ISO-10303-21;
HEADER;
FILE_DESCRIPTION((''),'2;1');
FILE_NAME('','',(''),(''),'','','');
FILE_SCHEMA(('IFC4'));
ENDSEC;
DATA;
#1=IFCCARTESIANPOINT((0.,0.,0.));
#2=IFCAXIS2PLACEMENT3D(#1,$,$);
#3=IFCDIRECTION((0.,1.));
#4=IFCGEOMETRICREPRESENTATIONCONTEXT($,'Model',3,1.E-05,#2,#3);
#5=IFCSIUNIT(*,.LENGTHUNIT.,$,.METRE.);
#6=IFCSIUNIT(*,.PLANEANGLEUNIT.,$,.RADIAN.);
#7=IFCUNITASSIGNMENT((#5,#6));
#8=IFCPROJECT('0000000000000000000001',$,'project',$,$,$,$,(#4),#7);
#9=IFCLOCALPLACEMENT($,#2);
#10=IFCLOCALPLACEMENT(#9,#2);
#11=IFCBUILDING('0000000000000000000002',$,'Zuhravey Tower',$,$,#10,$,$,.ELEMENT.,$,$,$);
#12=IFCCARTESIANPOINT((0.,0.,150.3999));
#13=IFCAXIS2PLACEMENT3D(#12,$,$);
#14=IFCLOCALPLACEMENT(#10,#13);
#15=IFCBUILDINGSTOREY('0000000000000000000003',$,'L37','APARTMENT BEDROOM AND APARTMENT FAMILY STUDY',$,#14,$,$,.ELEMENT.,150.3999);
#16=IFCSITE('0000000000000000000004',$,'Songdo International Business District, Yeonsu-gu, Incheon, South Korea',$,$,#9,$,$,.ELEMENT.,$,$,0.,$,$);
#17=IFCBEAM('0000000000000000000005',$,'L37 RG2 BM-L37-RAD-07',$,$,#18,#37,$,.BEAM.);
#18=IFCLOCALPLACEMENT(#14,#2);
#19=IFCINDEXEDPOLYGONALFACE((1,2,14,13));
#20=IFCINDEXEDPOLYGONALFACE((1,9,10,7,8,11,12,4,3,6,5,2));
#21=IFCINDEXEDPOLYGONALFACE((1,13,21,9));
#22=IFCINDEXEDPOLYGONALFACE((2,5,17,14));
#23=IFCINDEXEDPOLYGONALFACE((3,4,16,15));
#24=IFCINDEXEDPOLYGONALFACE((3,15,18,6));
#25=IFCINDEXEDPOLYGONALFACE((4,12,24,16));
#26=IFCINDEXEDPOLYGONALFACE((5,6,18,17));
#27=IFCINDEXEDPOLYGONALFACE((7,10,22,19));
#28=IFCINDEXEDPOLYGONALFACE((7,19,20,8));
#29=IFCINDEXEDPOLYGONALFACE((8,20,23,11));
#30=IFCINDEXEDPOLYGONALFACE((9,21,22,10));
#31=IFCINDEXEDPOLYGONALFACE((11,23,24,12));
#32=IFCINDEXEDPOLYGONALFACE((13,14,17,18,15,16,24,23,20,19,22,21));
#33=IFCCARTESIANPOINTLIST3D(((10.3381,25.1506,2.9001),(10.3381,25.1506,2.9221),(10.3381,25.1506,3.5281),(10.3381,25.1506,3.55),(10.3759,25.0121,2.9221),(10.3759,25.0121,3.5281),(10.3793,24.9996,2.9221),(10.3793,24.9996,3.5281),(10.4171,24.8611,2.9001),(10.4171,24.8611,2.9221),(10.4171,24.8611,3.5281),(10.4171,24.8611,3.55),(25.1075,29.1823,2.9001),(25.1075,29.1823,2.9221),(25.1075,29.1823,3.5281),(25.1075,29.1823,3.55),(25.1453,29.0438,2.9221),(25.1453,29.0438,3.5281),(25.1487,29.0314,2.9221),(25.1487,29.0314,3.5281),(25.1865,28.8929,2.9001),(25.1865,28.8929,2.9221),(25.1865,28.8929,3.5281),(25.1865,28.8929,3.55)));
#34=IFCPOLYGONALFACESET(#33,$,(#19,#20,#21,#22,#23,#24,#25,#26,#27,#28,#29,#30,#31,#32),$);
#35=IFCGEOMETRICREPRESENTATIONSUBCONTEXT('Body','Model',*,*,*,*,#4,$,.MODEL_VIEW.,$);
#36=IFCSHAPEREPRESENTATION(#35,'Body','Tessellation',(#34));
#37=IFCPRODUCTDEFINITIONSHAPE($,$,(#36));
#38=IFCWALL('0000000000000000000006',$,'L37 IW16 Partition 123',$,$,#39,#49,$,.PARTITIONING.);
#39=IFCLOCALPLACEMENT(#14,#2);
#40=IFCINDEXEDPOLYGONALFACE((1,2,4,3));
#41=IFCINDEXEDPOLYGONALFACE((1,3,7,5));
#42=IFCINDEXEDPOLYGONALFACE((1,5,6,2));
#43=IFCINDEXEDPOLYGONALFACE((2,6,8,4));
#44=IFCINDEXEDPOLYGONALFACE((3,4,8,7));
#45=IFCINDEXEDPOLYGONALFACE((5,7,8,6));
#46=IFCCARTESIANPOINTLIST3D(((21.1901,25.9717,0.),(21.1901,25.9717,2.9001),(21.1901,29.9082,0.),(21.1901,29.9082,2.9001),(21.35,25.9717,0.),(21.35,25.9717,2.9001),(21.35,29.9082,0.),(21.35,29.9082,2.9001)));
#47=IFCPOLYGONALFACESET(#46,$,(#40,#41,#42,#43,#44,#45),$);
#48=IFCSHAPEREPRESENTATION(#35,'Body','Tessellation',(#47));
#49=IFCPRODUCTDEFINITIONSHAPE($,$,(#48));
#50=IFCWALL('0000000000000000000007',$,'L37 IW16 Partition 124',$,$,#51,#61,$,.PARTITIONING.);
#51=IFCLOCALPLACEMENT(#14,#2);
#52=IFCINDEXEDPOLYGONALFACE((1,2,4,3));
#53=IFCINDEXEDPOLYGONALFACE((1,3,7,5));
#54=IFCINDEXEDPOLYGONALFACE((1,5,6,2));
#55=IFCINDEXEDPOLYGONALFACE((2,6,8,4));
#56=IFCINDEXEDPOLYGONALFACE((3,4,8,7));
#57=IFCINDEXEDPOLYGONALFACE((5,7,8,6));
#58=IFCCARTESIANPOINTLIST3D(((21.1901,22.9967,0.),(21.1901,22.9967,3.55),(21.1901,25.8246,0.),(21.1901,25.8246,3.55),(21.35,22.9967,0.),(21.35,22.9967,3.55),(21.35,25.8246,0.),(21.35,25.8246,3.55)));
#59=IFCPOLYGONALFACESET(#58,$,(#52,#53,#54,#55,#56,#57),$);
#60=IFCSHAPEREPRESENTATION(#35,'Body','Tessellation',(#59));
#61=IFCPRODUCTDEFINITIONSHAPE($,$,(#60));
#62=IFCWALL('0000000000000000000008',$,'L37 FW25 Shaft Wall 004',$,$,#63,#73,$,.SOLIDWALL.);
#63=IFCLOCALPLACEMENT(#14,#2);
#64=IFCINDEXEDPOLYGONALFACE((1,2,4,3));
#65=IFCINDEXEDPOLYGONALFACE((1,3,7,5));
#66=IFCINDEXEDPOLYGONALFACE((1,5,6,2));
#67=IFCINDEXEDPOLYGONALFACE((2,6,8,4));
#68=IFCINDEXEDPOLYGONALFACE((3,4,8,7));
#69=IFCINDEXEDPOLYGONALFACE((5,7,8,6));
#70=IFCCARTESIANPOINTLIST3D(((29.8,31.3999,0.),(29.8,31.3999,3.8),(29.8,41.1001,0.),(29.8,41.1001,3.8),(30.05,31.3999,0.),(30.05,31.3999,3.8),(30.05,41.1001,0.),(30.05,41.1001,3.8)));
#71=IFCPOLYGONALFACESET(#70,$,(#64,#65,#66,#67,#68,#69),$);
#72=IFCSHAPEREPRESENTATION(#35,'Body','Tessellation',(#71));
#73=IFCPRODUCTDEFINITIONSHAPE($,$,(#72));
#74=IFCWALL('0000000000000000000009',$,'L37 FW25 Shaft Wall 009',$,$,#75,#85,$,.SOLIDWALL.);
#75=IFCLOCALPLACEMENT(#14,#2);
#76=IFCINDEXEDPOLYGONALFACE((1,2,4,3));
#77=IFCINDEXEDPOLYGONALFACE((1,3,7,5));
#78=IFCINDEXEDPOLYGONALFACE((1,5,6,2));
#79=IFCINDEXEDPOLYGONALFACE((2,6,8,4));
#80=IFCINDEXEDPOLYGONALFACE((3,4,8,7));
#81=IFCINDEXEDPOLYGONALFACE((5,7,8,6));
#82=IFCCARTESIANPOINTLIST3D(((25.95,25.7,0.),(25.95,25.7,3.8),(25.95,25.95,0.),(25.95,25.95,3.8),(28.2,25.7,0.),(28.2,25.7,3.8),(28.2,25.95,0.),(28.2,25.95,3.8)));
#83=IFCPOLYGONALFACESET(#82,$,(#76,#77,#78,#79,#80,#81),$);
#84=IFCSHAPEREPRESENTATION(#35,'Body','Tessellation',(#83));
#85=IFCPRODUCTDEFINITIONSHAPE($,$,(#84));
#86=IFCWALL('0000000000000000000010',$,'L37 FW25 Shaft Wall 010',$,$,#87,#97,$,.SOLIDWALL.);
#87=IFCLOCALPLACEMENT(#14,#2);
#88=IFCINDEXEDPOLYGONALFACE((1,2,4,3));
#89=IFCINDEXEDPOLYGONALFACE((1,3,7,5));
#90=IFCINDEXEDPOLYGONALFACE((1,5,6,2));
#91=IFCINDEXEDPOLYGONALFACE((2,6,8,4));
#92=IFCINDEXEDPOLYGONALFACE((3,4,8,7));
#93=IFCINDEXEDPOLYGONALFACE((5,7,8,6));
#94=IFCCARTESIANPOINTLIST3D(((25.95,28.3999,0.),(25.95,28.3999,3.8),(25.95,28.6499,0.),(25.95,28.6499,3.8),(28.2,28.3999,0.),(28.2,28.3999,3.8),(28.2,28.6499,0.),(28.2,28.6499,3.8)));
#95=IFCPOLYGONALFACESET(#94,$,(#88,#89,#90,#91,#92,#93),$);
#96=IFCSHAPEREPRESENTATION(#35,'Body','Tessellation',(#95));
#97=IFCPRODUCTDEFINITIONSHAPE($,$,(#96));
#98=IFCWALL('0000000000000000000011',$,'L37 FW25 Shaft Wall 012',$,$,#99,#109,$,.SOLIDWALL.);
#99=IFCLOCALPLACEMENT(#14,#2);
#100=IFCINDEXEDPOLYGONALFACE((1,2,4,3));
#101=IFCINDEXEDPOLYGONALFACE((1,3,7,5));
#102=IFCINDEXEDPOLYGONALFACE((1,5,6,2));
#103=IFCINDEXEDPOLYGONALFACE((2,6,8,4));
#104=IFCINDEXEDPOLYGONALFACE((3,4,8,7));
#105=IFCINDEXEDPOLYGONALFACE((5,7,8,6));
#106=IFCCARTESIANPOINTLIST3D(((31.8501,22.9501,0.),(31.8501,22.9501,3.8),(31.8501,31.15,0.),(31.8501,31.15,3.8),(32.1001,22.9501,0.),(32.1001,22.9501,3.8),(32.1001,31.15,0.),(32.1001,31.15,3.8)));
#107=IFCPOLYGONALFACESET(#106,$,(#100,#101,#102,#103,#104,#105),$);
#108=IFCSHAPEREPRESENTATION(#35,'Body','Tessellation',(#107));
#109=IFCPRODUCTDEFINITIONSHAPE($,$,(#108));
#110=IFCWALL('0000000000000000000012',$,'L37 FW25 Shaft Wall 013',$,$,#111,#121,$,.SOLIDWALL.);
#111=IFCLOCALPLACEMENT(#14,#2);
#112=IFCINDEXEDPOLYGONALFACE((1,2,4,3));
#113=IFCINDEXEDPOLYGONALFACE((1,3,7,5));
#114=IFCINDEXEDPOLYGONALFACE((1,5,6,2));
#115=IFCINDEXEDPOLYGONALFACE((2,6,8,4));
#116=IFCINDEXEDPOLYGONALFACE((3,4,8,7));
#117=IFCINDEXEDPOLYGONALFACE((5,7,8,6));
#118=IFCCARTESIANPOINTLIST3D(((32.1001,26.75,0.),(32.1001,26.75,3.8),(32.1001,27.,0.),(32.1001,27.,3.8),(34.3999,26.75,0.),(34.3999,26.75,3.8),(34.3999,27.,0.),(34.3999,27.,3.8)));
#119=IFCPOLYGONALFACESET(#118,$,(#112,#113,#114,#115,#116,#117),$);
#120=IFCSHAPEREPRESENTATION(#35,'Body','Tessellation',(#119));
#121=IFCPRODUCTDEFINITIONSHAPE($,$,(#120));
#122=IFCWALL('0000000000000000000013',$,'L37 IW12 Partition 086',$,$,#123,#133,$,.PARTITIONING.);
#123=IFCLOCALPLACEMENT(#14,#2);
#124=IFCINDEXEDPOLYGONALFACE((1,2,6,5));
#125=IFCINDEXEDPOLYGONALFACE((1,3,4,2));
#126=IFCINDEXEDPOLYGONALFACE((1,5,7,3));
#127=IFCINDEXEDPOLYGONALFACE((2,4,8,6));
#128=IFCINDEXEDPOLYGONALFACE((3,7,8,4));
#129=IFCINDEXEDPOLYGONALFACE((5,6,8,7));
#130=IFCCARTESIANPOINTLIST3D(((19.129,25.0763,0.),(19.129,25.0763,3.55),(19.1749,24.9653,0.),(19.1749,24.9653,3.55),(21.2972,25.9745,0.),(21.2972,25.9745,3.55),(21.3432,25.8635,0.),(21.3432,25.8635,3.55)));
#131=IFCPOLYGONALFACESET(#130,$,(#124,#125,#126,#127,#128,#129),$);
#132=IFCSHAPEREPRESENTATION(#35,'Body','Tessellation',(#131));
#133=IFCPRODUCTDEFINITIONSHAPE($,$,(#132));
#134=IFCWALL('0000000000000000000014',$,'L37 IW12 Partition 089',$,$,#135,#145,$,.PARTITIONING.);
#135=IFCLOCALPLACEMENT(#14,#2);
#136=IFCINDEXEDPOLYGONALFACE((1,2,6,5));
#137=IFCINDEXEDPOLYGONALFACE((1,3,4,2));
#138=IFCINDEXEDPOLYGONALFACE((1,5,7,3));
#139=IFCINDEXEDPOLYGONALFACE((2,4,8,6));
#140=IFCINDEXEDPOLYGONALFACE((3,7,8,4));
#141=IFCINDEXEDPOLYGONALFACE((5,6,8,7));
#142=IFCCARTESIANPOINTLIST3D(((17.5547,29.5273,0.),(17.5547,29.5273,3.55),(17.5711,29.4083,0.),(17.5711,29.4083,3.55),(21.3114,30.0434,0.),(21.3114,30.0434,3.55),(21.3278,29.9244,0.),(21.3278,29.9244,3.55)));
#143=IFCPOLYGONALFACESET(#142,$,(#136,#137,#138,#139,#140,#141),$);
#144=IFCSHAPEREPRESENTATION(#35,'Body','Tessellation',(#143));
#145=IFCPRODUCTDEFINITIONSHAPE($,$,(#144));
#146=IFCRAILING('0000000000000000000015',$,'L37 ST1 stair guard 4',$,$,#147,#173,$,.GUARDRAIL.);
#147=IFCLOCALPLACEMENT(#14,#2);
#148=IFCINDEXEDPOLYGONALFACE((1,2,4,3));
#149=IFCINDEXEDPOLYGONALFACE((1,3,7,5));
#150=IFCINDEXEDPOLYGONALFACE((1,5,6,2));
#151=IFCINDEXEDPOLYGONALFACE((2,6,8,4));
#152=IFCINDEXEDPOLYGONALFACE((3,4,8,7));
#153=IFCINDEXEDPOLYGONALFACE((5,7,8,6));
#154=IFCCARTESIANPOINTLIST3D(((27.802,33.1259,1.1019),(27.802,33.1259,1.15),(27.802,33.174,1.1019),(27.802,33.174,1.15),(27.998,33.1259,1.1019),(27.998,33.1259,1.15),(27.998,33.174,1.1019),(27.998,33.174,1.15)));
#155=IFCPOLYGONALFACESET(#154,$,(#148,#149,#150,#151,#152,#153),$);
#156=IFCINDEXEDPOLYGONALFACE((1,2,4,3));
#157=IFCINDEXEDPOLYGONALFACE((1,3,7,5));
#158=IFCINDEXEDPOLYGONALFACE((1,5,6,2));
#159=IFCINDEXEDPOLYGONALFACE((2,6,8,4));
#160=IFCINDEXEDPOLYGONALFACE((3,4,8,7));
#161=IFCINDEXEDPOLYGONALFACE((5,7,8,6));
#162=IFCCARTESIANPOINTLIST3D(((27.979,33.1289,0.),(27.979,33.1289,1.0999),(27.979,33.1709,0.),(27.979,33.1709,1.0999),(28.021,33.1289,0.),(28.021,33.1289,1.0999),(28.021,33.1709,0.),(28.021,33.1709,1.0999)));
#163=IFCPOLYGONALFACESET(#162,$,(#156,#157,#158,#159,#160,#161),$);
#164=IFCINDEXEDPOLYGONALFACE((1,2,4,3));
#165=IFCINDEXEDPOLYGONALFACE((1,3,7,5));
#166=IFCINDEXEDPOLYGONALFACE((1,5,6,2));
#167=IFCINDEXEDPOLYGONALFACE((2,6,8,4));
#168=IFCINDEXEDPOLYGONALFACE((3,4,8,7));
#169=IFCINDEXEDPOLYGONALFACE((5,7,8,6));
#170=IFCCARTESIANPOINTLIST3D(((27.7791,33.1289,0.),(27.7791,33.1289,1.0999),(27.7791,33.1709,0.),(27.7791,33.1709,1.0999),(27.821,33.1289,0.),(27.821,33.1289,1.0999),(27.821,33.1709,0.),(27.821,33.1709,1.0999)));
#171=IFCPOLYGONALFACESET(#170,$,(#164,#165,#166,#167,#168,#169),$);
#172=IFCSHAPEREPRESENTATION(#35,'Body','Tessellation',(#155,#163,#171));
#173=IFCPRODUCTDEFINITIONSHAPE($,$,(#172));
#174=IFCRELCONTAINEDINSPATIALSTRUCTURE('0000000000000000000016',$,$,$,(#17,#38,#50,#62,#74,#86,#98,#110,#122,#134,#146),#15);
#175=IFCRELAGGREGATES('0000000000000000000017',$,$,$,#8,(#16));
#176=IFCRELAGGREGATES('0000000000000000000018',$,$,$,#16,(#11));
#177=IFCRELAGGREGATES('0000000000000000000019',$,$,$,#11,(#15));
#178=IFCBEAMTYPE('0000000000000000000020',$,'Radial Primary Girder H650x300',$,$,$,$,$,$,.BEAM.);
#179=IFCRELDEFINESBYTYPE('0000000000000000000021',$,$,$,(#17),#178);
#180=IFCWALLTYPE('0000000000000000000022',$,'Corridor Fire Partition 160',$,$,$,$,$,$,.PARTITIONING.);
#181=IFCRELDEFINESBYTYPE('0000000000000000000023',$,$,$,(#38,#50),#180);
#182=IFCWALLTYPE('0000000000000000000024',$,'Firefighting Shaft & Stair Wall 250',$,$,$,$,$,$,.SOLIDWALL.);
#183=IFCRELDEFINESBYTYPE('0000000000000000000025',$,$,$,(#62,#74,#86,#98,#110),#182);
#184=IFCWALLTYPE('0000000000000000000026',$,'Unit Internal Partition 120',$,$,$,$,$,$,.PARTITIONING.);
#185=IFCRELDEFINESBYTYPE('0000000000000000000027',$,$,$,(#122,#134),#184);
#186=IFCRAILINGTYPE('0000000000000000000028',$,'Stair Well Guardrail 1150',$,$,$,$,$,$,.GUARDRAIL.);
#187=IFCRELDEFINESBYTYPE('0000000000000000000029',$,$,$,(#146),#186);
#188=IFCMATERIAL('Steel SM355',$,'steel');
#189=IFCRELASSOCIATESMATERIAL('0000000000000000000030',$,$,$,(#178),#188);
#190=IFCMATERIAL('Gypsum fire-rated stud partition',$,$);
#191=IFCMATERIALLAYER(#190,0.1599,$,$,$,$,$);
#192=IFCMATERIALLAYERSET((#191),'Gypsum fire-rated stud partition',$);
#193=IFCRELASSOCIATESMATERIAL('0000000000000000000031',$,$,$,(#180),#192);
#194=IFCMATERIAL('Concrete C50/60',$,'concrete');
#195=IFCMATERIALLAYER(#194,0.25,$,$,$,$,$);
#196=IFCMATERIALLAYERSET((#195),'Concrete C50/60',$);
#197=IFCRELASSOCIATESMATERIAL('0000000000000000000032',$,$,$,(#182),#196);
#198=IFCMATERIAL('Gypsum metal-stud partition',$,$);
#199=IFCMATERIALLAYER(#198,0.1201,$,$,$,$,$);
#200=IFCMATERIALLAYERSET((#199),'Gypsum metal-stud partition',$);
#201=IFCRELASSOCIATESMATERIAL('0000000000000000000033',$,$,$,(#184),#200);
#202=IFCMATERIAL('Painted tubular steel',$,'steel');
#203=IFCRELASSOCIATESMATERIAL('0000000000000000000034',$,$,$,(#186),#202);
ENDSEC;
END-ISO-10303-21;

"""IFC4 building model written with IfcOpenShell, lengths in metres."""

from ifc_helpers import new_model, si_unit, direction, frame, frame_2d, origin, origin_2d, place, context, subcontext, project, spatial, rectangle, i_section, extrude, material, layer, layer_set, material_profile, profile_set, type_object, element, save


model = new_model("IFC4")

# Units and contexts
model_context = context("Model", 3, precision=1e-05, world=origin(), true_north=direction((0.0, 1.0)))
body_context = subcontext(model_context, "Body", "Model", "MODEL_VIEW")
ifc_project = project(units=[si_unit("LENGTHUNIT", "METRE"), si_unit("PLANEANGLEUNIT", "RADIAN")], contexts=[model_context])

# Site, building, storey
site_placement = place(None, origin())
site = spatial("IfcSite", under=ifc_project, at=site_placement, Name="Songdo International Business District, Yeonsu-gu, Incheon, South Korea", CompositionType="ELEMENT", RefElevation=0.0)
building_placement = place(site_placement, origin())
building = spatial("IfcBuilding", under=site, at=building_placement, Name="Zuhravey Tower", CompositionType="ELEMENT")
storey_placement = place(building_placement, frame((0.0, 0.0, 150.3999)))
storey = spatial("IfcBuildingStorey", under=building, at=storey_placement, Name="L37", Description="APARTMENT BEDROOM AND APARTMENT FAMILY STUDY", CompositionType="ELEMENT", Elevation=150.3999)

# Beam
ifc_material_1 = material(Name="Steel SM355", Category="steel")
ifc_material_profile = material_profile(ifc_material_1, i_section(OverallWidth=0.3, OverallDepth=0.6499, WebThickness=0.0129, FlangeThickness=0.022, at=origin_2d()), Name="H-650x300x13x22")
ifc_profile_set = profile_set([ifc_material_profile], Name="Steel SM355")
beam_type = type_object("IfcBeamType", Name="Radial Primary Girder H650x300", PredefinedType="BEAM", material=ifc_profile_set)
beam_placement = place(storey_placement, frame((25.147, 29.0376, 3.2251), z_axis=(-0.964702, -0.263345, 0.0), x_axis=(0.263345, -0.964702, 0.0)))
element("IfcBeam", 1, at=beam_placement, inside=storey, type_object=beam_type, Name="L37 RG2 BM-L37-RAD-07", PredefinedType="BEAM", context=body_context, shape_type="SweptSolid", body=[
    extrude(i_section(OverallWidth=0.3, OverallDepth=0.6499, WebThickness=0.0129, FlangeThickness=0.022, at=origin_2d()), origin(), (0.0, 0.0, 1.0), 15.3098),
])

# Walls
ifc_material_2 = material(Name="Gypsum fire-rated stud partition")
ifc_layer_1 = layer(ifc_material_2, 0.1599)
ifc_layer_set_1 = layer_set([ifc_layer_1], Name="Gypsum fire-rated stud partition")
wall_type_1 = type_object("IfcWallType", Name="Corridor Fire Partition 160", PredefinedType="PARTITIONING", material=ifc_layer_set_1)
wall_1_placement = place(storey_placement, frame((21.27, 29.9082, 0.0), z_axis=(0.0, 0.0, 1.0), x_axis=(0.0, -1.0, 0.0)))
element("IfcWall", 2, at=wall_1_placement, inside=storey, type_object=wall_type_1, Name="L37 IW16 Partition 123", PredefinedType="PARTITIONING", context=body_context, shape_type="SweptSolid", body=[
    extrude(rectangle(XDim=3.9365, YDim=0.1599, at=frame_2d((1.9683, 0.0))), origin(), (0.0, 0.0, 1.0), 2.9001),
])
wall_2_placement = place(storey_placement, frame((21.27, 25.8247, 0.0), z_axis=(0.0, 0.0, 1.0), x_axis=(0.0, -1.0, 0.0)))
element("IfcWall", 3, at=wall_2_placement, inside=storey, type_object=wall_type_1, Name="L37 IW16 Partition 124", PredefinedType="PARTITIONING", context=body_context, shape_type="SweptSolid", body=[
    extrude(rectangle(XDim=2.8279, YDim=0.1599, at=frame_2d((1.4141, 0.0))), origin(), (0.0, 0.0, 1.0), 3.55),
])

# Shared definitions
ifc_material_3 = material(Name="Concrete C50/60", Category="concrete")
ifc_layer_2 = layer(ifc_material_3, 0.25)
ifc_layer_set_2 = layer_set([ifc_layer_2], Name="Concrete C50/60")
wall_type_2 = type_object("IfcWallType", Name="Firefighting Shaft & Stair Wall 250", PredefinedType="SOLIDWALL", material=ifc_layer_set_2)

# Walls
wall_3_placement = place(storey_placement, frame((29.925, 31.3999, 0.0), z_axis=(0.0, 0.0, 1.0), x_axis=(0.0, 1.0, 0.0)))
element("IfcWall", 4, at=wall_3_placement, inside=storey, type_object=wall_type_2, Name="L37 FW25 Shaft Wall 004", PredefinedType="SOLIDWALL", context=body_context, shape_type="SweptSolid", body=[
    extrude(rectangle(XDim=9.7002, YDim=0.25, at=frame_2d((4.8501, 0.0))), origin(), (0.0, 0.0, 1.0), 3.8),
])
for number, where, z_axis, x_axis, name in (
    (5, (25.95, 25.825, 0.0), (0.0, 0.0, 1.0), (1.0, 0.0, 0.0), "L37 FW25 Shaft Wall 009"),
    (6, (25.95, 28.5249, 0.0), (0.0, 0.0, 1.0), (1.0, 0.0, 0.0), "L37 FW25 Shaft Wall 010"),
):
    element("IfcWall", number, at=place(storey_placement, frame(where, z_axis=z_axis, x_axis=x_axis)), inside=storey, type_object=wall_type_2, Name=name, PredefinedType="SOLIDWALL", context=body_context, shape_type="SweptSolid", body=[
        extrude(rectangle(XDim=2.25, YDim=0.25, at=frame_2d((1.125, 0.0))), origin(), (0.0, 0.0, 1.0), 3.8),
    ])
wall_4_placement = place(storey_placement, frame((31.9751, 22.95, 0.0), z_axis=(0.0, 0.0, 1.0), x_axis=(0.0, 1.0, 0.0)))
element("IfcWall", 7, at=wall_4_placement, inside=storey, type_object=wall_type_2, Name="L37 FW25 Shaft Wall 012", PredefinedType="SOLIDWALL", context=body_context, shape_type="SweptSolid", body=[
    extrude(rectangle(XDim=8.2, YDim=0.25, at=frame_2d((4.1001, 0.0))), origin(), (0.0, 0.0, 1.0), 3.8),
])
wall_5_placement = place(storey_placement, frame((32.1001, 26.875, 0.0), z_axis=(0.0, 0.0, 1.0), x_axis=(1.0, 0.0, 0.0)))
element("IfcWall", 8, at=wall_5_placement, inside=storey, type_object=wall_type_2, Name="L37 FW25 Shaft Wall 013", PredefinedType="SOLIDWALL", context=body_context, shape_type="SweptSolid", body=[
    extrude(rectangle(XDim=2.2998, YDim=0.25, at=frame_2d((1.1499, 0.0))), origin(), (0.0, 0.0, 1.0), 3.8),
])
ifc_material_4 = material(Name="Gypsum metal-stud partition")
ifc_layer_3 = layer(ifc_material_4, 0.1201)
ifc_layer_set_3 = layer_set([ifc_layer_3], Name="Gypsum metal-stud partition")
wall_type_3 = type_object("IfcWallType", Name="Unit Internal Partition 120", PredefinedType="PARTITIONING", material=ifc_layer_set_3)
wall_6_placement = place(storey_placement, frame((21.3201, 25.9189, 0.0), z_axis=(0.0, 0.0, 1.0), x_axis=(-0.923866, -0.382716, 0.0)))
element("IfcWall", 9, at=wall_6_placement, inside=storey, type_object=wall_type_3, Name="L37 IW12 Partition 086", PredefinedType="PARTITIONING", context=body_context, shape_type="SweptSolid", body=[
    extrude(rectangle(XDim=2.3469, YDim=0.1201, at=frame_2d((1.1733, 0.0))), origin(), (0.0, 0.0, 1.0), 3.55),
])
wall_7_placement = place(storey_placement, frame((21.3196, 29.9839, 0.0), z_axis=(0.0, 0.0, 1.0), x_axis=(-0.990694, -0.13611, 0.0)))
element("IfcWall", 10, at=wall_7_placement, inside=storey, type_object=wall_type_3, Name="L37 IW12 Partition 089", PredefinedType="PARTITIONING", context=body_context, shape_type="SweptSolid", body=[
    extrude(rectangle(XDim=3.792, YDim=0.1201, at=frame_2d((1.896, 0.0))), origin(), (0.0, 0.0, 1.0), 3.55),
])

# Railing
ifc_material_5 = material(Name="Painted tubular steel", Category="steel")
railing_type = type_object("IfcRailingType", Name="Stair Well Guardrail 1150", PredefinedType="GUARDRAIL", material=ifc_material_5)
railing_placement = place(storey_placement, frame((28.0, 33.1499, 0.0)))
element("IfcRailing", 11, at=railing_placement, inside=storey, type_object=railing_type, Name="L37 ST1 stair guard 4", PredefinedType="GUARDRAIL", context=body_context, shape_type="SweptSolid", body=[
    extrude(rectangle(XDim=0.0481, YDim=0.0481, at=origin_2d()), frame((-0.002, 0.0, 1.126), z_axis=(-1.0, 0.0, 0.0), x_axis=(0.0, -1.0, 0.0)), (0.0, 0.0, 1.0), 0.196),
    extrude(rectangle(XDim=0.042, YDim=0.042, at=origin_2d()), origin(), (0.0, 0.0, 1.0), 1.0999),
    extrude(rectangle(XDim=0.042, YDim=0.042, at=origin_2d()), frame((-0.2, 0.0, 0.0)), (0.0, 0.0, 1.0), 1.0999),
])

save(model, "model.ifc")
